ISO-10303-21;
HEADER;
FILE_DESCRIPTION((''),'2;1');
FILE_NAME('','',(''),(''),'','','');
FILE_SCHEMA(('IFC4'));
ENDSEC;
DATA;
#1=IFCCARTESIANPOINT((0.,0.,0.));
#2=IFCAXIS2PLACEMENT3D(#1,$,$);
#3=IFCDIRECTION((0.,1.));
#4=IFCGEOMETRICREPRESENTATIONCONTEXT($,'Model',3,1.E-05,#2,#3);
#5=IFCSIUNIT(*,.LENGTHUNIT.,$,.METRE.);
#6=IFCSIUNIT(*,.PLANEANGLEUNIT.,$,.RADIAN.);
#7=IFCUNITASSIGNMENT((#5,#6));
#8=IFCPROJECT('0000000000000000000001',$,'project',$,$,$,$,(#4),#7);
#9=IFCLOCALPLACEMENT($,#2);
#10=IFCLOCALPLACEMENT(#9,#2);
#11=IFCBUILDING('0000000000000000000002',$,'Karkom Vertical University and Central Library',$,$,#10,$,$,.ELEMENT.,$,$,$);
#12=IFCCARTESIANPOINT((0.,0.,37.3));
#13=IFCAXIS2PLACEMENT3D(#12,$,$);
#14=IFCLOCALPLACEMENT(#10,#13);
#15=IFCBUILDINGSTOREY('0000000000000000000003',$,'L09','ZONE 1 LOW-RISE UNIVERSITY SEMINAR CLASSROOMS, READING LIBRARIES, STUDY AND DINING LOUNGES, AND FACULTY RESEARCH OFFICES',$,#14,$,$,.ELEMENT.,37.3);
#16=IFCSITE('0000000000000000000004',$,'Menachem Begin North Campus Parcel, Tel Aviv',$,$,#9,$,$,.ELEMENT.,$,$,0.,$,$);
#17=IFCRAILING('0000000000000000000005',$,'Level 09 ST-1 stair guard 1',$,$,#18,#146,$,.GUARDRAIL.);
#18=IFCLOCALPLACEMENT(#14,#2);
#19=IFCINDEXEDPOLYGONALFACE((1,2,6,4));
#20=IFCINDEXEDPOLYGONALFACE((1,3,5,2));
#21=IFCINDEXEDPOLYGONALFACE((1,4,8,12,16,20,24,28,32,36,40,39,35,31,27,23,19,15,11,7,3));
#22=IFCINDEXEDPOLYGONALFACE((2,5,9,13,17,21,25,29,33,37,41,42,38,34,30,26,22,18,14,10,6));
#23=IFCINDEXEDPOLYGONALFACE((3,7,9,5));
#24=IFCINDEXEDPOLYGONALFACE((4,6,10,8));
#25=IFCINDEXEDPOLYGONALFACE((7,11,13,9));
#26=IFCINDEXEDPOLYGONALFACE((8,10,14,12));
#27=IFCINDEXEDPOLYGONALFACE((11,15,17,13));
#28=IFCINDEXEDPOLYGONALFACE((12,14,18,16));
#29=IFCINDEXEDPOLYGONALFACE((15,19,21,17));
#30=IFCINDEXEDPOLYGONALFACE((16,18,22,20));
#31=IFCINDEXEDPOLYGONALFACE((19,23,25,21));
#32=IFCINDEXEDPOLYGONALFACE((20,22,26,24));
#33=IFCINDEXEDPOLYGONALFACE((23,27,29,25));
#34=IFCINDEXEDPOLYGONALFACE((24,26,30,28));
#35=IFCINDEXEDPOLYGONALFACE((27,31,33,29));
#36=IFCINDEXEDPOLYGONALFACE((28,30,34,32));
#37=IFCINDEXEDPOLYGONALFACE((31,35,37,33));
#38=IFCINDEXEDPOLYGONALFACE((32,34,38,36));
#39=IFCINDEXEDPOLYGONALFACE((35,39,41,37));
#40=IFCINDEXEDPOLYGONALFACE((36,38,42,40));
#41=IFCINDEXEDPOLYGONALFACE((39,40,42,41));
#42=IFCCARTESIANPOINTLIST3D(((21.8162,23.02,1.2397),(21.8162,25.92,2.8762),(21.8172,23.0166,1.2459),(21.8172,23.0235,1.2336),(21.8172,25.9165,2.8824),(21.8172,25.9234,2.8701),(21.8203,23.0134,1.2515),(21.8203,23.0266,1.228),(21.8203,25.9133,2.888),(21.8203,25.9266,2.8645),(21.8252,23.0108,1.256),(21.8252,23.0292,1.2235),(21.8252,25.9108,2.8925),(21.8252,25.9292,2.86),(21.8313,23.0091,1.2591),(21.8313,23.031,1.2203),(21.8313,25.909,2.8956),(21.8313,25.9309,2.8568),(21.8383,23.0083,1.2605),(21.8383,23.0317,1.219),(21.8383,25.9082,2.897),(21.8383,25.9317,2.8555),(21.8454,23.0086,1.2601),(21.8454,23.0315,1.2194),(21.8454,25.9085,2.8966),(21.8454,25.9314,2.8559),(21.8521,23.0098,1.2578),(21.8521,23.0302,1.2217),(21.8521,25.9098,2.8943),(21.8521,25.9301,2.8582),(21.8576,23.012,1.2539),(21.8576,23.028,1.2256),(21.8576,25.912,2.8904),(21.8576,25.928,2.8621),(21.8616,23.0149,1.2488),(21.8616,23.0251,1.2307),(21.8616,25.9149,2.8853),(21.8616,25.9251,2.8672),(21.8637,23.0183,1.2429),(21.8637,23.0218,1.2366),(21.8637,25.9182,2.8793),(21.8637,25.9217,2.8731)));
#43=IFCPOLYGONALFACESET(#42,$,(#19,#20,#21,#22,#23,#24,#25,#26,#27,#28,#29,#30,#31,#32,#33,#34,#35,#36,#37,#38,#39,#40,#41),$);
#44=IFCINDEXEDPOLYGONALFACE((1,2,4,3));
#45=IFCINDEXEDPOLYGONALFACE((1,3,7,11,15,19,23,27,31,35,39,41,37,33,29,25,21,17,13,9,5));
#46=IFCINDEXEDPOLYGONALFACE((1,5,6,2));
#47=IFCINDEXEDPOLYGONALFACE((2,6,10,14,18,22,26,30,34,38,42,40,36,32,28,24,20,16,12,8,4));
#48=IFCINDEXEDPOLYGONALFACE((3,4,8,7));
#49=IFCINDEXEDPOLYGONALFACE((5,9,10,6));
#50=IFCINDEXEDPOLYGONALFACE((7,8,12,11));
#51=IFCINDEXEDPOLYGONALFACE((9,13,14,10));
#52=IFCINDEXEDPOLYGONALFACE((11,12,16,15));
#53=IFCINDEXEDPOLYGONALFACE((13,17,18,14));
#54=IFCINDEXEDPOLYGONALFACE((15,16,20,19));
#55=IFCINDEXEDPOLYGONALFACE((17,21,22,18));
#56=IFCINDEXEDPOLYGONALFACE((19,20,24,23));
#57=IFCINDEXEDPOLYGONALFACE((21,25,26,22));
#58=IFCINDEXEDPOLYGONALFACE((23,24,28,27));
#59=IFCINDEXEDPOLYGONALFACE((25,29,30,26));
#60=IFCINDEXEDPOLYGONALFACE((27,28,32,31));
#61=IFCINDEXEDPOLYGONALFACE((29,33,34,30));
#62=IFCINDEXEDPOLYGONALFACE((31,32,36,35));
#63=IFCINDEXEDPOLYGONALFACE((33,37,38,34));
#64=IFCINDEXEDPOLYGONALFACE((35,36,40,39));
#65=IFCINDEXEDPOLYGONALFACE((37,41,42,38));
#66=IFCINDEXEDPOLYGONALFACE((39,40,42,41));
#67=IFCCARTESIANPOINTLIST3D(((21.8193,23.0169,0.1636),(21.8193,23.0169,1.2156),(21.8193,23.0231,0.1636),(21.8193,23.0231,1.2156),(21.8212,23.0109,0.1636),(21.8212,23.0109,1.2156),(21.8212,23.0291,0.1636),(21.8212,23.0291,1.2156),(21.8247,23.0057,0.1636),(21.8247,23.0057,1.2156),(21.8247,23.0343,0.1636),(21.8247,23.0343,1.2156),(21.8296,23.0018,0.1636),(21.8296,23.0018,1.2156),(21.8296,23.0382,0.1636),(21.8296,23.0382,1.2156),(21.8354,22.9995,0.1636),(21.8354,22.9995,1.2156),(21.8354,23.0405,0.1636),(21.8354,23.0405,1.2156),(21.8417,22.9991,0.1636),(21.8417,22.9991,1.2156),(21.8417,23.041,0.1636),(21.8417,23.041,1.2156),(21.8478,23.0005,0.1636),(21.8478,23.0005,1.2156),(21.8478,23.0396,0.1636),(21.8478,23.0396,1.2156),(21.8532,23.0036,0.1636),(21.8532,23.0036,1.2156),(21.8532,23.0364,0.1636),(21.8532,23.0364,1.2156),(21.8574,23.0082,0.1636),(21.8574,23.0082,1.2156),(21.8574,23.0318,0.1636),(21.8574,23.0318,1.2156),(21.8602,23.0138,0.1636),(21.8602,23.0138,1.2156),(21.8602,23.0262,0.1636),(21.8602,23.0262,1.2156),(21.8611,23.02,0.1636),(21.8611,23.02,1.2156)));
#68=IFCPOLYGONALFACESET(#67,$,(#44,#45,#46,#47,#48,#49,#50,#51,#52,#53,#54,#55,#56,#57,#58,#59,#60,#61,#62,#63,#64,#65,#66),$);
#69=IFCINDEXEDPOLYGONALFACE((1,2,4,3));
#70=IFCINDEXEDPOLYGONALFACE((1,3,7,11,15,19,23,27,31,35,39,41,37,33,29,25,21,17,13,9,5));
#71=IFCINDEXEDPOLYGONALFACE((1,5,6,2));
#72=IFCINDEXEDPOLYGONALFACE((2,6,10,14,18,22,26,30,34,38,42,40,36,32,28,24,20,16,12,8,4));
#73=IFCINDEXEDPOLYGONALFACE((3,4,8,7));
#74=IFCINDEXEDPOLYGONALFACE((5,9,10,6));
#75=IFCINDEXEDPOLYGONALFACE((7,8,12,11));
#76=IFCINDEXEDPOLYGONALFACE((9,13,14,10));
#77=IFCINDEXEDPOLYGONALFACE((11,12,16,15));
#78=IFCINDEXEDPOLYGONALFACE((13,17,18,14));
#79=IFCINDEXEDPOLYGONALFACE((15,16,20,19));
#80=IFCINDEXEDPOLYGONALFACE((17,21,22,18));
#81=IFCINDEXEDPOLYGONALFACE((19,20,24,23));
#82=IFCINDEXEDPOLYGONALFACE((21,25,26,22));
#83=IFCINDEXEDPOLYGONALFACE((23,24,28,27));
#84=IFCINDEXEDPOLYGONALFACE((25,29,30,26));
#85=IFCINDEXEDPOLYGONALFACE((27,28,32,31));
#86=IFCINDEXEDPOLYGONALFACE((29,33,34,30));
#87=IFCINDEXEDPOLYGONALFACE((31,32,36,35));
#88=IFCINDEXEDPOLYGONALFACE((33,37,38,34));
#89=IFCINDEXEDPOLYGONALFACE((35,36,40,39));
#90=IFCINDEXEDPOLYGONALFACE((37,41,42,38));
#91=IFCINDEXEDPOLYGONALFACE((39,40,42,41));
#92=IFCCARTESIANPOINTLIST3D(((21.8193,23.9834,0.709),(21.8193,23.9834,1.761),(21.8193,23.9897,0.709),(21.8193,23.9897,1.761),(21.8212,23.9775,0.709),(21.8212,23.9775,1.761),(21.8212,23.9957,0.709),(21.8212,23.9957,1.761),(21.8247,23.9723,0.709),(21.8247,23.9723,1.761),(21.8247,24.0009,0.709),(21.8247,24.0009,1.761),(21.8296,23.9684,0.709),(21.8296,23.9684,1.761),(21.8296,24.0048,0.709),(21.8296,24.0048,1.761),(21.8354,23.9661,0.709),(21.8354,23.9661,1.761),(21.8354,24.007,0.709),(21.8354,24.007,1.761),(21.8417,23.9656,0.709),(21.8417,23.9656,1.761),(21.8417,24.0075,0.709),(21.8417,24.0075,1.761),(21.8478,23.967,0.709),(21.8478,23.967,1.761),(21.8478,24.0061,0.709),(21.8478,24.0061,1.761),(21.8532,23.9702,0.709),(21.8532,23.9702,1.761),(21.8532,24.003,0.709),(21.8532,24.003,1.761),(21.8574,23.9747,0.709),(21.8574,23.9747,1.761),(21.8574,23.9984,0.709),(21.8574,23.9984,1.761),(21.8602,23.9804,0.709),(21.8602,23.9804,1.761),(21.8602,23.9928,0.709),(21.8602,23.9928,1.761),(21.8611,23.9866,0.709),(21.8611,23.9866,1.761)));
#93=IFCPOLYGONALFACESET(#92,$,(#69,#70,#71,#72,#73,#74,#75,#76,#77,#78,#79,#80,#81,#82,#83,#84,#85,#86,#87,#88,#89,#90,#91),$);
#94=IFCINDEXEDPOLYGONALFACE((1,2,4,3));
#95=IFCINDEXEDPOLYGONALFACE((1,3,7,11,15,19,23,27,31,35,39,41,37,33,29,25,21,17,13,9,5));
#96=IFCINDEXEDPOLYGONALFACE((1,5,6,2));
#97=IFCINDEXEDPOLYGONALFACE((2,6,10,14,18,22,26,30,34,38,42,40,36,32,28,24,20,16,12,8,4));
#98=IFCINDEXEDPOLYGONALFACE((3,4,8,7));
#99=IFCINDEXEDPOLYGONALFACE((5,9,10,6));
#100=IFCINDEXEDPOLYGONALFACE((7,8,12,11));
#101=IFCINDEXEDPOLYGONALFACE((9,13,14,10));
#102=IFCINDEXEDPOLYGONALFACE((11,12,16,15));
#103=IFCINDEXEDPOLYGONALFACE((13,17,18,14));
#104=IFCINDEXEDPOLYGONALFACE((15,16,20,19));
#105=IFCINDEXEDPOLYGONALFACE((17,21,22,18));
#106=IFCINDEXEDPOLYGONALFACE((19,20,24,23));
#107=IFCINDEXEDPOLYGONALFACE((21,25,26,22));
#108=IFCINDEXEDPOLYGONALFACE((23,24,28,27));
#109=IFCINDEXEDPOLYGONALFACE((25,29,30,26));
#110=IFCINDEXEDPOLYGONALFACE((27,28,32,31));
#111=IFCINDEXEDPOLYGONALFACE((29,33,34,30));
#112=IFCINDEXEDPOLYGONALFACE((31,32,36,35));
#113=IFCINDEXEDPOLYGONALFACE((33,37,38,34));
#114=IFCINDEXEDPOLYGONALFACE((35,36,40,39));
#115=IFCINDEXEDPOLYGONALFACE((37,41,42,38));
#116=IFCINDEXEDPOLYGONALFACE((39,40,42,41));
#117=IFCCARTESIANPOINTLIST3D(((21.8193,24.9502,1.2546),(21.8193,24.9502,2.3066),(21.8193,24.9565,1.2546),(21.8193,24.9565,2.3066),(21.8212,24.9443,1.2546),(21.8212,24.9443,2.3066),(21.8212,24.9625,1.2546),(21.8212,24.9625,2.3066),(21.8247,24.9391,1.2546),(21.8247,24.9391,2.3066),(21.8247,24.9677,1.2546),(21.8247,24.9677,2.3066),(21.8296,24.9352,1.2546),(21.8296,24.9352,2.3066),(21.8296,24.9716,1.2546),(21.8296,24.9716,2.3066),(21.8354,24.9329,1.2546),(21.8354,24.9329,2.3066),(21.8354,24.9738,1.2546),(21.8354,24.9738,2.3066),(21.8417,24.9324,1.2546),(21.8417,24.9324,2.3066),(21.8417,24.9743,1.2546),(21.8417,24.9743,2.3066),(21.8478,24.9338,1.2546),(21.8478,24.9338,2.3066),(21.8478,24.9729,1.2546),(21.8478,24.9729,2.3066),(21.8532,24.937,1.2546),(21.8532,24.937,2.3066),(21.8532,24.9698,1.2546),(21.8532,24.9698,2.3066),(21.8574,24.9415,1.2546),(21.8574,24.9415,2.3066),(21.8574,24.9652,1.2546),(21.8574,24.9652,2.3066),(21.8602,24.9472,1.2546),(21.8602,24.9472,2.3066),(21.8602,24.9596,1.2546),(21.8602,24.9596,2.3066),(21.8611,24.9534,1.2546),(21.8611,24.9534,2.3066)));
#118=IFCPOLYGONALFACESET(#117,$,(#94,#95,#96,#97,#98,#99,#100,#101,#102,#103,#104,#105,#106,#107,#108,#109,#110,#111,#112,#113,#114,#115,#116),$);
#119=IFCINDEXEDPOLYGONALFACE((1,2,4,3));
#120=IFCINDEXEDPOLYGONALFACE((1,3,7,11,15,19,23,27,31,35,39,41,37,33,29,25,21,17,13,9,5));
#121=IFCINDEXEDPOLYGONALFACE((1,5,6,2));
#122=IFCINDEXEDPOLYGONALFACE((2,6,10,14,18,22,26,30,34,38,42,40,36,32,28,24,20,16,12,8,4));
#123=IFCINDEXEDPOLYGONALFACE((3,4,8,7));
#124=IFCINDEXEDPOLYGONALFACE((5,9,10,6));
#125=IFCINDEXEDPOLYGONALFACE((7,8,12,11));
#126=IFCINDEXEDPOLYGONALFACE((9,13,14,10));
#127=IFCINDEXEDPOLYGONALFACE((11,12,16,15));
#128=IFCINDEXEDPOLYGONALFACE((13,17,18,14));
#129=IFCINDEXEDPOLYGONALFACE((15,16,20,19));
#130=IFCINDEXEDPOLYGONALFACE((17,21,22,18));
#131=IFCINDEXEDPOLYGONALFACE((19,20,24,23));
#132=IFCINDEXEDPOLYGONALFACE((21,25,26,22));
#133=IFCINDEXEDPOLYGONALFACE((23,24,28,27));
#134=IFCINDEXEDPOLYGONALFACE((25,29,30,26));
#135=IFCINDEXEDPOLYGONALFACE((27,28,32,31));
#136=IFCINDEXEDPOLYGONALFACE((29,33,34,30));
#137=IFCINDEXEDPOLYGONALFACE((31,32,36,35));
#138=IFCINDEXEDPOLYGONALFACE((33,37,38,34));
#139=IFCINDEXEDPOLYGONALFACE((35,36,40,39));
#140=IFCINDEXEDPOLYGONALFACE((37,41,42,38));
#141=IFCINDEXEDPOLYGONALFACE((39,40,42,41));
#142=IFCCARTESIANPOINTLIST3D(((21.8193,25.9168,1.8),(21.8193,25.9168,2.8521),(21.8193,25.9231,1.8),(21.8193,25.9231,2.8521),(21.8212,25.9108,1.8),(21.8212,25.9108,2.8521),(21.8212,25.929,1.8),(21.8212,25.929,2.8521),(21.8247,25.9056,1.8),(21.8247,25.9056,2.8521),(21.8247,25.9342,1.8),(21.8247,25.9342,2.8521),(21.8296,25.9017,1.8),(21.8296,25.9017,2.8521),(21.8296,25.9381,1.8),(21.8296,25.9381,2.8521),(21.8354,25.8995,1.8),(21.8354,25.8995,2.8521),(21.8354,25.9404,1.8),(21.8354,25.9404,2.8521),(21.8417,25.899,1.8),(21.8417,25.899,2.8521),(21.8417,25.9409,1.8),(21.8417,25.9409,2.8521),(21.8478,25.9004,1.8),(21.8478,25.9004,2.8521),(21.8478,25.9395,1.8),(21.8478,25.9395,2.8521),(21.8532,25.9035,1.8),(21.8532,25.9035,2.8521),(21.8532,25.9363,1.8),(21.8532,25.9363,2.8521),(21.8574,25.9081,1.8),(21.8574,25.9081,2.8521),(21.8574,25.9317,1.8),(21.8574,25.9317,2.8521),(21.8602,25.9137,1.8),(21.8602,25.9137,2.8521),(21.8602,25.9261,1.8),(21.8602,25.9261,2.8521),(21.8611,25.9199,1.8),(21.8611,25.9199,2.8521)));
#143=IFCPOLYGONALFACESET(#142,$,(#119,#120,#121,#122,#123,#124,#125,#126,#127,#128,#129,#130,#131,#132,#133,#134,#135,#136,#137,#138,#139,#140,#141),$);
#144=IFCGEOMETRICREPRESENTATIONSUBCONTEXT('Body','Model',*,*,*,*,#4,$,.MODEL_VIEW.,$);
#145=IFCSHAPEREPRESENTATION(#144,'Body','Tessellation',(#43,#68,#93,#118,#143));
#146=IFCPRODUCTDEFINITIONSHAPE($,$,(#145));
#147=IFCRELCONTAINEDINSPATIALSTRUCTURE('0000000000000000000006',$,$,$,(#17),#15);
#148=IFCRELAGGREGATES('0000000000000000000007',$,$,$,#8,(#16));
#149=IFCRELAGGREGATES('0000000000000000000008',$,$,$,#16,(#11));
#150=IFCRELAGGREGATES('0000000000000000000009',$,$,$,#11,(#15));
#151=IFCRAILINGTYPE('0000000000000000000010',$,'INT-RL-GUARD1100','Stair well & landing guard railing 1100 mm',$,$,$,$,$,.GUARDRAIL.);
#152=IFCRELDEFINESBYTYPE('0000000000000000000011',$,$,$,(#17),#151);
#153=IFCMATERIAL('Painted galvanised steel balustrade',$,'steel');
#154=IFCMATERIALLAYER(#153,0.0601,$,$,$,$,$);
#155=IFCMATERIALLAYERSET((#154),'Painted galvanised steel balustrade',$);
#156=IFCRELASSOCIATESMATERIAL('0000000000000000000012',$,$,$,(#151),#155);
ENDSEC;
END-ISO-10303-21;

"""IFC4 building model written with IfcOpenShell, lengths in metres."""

from ifc_helpers import new_model, si_unit, direction, frame, origin, origin_2d, place, context, subcontext, project, spatial, circle, extrude, material, layer, layer_set, type_object, element, save


model = new_model("IFC4")

# Units and contexts
model_context = context("Model", 3, precision=1e-05, world=origin(), true_north=direction((0.0, 1.0)))
body_context = subcontext(model_context, "Body", "Model", "MODEL_VIEW")
ifc_project = project(units=[si_unit("LENGTHUNIT", "METRE"), si_unit("PLANEANGLEUNIT", "RADIAN")], contexts=[model_context])

# Site, building, storey
site_placement = place(None, origin())
site = spatial("IfcSite", under=ifc_project, at=site_placement, Name="Menachem Begin North Campus Parcel, Tel Aviv", CompositionType="ELEMENT", RefElevation=0.0)
building_placement = place(site_placement, origin())
building = spatial("IfcBuilding", under=site, at=building_placement, Name="Karkom Vertical University and Central Library", CompositionType="ELEMENT")
storey_placement = place(building_placement, frame((0.0, 0.0, 37.3)))
storey = spatial("IfcBuildingStorey", under=building, at=storey_placement, Name="L09", Description="ZONE 1 LOW-RISE UNIVERSITY SEMINAR CLASSROOMS, READING LIBRARIES, STUDY AND DINING LOUNGES, AND FACULTY RESEARCH OFFICES", CompositionType="ELEMENT", Elevation=37.3)

# Railing
ifc_material_1 = material(Name="Painted galvanised steel balustrade", Category="steel")
ifc_layer_1 = layer(ifc_material_1, 0.0601)
ifc_layer_set_1 = layer_set([ifc_layer_1], Name="Painted galvanised steel balustrade")
railing_type_1 = type_object("IfcRailingType", Name="INT-RL-GUARD1100", Description="Stair well & landing guard railing 1100 mm", PredefinedType="GUARDRAIL", material=ifc_layer_set_1)
railing_1_placement = place(storey_placement, frame((21.8401, 23.02, 0.1636)))
element("IfcRailing", 1, at=railing_1_placement, inside=storey, type_object=railing_type_1, Name="Level 09 ST-1 stair guard 1", PredefinedType="GUARDRAIL", context=body_context, shape_type="SweptSolid", body=[
    extrude(circle(Radius=0.0239, at=origin_2d()), frame((0.0, 0.0, 1.0762), z_axis=(0.0, 0.870897, 0.491465), x_axis=(-1.0, 0.0, 0.0)), (0.0, 0.0, 1.0), 3.3298),
    extrude(circle(Radius=0.021, at=origin_2d()), origin(), (0.0, 0.0, 1.0), 1.052),
    extrude(circle(Radius=0.021, at=origin_2d()), frame((0.0, 0.9666, 0.5454)), (0.0, 0.0, 1.0), 1.052),
    extrude(circle(Radius=0.021, at=origin_2d()), frame((0.0, 1.9333, 1.0911)), (0.0, 0.0, 1.0), 1.052),
    extrude(circle(Radius=0.021, at=origin_2d()), frame((0.0, 2.8999, 1.6365)), (0.0, 0.0, 1.0), 1.052),
])

save(model, "model.ifc")
